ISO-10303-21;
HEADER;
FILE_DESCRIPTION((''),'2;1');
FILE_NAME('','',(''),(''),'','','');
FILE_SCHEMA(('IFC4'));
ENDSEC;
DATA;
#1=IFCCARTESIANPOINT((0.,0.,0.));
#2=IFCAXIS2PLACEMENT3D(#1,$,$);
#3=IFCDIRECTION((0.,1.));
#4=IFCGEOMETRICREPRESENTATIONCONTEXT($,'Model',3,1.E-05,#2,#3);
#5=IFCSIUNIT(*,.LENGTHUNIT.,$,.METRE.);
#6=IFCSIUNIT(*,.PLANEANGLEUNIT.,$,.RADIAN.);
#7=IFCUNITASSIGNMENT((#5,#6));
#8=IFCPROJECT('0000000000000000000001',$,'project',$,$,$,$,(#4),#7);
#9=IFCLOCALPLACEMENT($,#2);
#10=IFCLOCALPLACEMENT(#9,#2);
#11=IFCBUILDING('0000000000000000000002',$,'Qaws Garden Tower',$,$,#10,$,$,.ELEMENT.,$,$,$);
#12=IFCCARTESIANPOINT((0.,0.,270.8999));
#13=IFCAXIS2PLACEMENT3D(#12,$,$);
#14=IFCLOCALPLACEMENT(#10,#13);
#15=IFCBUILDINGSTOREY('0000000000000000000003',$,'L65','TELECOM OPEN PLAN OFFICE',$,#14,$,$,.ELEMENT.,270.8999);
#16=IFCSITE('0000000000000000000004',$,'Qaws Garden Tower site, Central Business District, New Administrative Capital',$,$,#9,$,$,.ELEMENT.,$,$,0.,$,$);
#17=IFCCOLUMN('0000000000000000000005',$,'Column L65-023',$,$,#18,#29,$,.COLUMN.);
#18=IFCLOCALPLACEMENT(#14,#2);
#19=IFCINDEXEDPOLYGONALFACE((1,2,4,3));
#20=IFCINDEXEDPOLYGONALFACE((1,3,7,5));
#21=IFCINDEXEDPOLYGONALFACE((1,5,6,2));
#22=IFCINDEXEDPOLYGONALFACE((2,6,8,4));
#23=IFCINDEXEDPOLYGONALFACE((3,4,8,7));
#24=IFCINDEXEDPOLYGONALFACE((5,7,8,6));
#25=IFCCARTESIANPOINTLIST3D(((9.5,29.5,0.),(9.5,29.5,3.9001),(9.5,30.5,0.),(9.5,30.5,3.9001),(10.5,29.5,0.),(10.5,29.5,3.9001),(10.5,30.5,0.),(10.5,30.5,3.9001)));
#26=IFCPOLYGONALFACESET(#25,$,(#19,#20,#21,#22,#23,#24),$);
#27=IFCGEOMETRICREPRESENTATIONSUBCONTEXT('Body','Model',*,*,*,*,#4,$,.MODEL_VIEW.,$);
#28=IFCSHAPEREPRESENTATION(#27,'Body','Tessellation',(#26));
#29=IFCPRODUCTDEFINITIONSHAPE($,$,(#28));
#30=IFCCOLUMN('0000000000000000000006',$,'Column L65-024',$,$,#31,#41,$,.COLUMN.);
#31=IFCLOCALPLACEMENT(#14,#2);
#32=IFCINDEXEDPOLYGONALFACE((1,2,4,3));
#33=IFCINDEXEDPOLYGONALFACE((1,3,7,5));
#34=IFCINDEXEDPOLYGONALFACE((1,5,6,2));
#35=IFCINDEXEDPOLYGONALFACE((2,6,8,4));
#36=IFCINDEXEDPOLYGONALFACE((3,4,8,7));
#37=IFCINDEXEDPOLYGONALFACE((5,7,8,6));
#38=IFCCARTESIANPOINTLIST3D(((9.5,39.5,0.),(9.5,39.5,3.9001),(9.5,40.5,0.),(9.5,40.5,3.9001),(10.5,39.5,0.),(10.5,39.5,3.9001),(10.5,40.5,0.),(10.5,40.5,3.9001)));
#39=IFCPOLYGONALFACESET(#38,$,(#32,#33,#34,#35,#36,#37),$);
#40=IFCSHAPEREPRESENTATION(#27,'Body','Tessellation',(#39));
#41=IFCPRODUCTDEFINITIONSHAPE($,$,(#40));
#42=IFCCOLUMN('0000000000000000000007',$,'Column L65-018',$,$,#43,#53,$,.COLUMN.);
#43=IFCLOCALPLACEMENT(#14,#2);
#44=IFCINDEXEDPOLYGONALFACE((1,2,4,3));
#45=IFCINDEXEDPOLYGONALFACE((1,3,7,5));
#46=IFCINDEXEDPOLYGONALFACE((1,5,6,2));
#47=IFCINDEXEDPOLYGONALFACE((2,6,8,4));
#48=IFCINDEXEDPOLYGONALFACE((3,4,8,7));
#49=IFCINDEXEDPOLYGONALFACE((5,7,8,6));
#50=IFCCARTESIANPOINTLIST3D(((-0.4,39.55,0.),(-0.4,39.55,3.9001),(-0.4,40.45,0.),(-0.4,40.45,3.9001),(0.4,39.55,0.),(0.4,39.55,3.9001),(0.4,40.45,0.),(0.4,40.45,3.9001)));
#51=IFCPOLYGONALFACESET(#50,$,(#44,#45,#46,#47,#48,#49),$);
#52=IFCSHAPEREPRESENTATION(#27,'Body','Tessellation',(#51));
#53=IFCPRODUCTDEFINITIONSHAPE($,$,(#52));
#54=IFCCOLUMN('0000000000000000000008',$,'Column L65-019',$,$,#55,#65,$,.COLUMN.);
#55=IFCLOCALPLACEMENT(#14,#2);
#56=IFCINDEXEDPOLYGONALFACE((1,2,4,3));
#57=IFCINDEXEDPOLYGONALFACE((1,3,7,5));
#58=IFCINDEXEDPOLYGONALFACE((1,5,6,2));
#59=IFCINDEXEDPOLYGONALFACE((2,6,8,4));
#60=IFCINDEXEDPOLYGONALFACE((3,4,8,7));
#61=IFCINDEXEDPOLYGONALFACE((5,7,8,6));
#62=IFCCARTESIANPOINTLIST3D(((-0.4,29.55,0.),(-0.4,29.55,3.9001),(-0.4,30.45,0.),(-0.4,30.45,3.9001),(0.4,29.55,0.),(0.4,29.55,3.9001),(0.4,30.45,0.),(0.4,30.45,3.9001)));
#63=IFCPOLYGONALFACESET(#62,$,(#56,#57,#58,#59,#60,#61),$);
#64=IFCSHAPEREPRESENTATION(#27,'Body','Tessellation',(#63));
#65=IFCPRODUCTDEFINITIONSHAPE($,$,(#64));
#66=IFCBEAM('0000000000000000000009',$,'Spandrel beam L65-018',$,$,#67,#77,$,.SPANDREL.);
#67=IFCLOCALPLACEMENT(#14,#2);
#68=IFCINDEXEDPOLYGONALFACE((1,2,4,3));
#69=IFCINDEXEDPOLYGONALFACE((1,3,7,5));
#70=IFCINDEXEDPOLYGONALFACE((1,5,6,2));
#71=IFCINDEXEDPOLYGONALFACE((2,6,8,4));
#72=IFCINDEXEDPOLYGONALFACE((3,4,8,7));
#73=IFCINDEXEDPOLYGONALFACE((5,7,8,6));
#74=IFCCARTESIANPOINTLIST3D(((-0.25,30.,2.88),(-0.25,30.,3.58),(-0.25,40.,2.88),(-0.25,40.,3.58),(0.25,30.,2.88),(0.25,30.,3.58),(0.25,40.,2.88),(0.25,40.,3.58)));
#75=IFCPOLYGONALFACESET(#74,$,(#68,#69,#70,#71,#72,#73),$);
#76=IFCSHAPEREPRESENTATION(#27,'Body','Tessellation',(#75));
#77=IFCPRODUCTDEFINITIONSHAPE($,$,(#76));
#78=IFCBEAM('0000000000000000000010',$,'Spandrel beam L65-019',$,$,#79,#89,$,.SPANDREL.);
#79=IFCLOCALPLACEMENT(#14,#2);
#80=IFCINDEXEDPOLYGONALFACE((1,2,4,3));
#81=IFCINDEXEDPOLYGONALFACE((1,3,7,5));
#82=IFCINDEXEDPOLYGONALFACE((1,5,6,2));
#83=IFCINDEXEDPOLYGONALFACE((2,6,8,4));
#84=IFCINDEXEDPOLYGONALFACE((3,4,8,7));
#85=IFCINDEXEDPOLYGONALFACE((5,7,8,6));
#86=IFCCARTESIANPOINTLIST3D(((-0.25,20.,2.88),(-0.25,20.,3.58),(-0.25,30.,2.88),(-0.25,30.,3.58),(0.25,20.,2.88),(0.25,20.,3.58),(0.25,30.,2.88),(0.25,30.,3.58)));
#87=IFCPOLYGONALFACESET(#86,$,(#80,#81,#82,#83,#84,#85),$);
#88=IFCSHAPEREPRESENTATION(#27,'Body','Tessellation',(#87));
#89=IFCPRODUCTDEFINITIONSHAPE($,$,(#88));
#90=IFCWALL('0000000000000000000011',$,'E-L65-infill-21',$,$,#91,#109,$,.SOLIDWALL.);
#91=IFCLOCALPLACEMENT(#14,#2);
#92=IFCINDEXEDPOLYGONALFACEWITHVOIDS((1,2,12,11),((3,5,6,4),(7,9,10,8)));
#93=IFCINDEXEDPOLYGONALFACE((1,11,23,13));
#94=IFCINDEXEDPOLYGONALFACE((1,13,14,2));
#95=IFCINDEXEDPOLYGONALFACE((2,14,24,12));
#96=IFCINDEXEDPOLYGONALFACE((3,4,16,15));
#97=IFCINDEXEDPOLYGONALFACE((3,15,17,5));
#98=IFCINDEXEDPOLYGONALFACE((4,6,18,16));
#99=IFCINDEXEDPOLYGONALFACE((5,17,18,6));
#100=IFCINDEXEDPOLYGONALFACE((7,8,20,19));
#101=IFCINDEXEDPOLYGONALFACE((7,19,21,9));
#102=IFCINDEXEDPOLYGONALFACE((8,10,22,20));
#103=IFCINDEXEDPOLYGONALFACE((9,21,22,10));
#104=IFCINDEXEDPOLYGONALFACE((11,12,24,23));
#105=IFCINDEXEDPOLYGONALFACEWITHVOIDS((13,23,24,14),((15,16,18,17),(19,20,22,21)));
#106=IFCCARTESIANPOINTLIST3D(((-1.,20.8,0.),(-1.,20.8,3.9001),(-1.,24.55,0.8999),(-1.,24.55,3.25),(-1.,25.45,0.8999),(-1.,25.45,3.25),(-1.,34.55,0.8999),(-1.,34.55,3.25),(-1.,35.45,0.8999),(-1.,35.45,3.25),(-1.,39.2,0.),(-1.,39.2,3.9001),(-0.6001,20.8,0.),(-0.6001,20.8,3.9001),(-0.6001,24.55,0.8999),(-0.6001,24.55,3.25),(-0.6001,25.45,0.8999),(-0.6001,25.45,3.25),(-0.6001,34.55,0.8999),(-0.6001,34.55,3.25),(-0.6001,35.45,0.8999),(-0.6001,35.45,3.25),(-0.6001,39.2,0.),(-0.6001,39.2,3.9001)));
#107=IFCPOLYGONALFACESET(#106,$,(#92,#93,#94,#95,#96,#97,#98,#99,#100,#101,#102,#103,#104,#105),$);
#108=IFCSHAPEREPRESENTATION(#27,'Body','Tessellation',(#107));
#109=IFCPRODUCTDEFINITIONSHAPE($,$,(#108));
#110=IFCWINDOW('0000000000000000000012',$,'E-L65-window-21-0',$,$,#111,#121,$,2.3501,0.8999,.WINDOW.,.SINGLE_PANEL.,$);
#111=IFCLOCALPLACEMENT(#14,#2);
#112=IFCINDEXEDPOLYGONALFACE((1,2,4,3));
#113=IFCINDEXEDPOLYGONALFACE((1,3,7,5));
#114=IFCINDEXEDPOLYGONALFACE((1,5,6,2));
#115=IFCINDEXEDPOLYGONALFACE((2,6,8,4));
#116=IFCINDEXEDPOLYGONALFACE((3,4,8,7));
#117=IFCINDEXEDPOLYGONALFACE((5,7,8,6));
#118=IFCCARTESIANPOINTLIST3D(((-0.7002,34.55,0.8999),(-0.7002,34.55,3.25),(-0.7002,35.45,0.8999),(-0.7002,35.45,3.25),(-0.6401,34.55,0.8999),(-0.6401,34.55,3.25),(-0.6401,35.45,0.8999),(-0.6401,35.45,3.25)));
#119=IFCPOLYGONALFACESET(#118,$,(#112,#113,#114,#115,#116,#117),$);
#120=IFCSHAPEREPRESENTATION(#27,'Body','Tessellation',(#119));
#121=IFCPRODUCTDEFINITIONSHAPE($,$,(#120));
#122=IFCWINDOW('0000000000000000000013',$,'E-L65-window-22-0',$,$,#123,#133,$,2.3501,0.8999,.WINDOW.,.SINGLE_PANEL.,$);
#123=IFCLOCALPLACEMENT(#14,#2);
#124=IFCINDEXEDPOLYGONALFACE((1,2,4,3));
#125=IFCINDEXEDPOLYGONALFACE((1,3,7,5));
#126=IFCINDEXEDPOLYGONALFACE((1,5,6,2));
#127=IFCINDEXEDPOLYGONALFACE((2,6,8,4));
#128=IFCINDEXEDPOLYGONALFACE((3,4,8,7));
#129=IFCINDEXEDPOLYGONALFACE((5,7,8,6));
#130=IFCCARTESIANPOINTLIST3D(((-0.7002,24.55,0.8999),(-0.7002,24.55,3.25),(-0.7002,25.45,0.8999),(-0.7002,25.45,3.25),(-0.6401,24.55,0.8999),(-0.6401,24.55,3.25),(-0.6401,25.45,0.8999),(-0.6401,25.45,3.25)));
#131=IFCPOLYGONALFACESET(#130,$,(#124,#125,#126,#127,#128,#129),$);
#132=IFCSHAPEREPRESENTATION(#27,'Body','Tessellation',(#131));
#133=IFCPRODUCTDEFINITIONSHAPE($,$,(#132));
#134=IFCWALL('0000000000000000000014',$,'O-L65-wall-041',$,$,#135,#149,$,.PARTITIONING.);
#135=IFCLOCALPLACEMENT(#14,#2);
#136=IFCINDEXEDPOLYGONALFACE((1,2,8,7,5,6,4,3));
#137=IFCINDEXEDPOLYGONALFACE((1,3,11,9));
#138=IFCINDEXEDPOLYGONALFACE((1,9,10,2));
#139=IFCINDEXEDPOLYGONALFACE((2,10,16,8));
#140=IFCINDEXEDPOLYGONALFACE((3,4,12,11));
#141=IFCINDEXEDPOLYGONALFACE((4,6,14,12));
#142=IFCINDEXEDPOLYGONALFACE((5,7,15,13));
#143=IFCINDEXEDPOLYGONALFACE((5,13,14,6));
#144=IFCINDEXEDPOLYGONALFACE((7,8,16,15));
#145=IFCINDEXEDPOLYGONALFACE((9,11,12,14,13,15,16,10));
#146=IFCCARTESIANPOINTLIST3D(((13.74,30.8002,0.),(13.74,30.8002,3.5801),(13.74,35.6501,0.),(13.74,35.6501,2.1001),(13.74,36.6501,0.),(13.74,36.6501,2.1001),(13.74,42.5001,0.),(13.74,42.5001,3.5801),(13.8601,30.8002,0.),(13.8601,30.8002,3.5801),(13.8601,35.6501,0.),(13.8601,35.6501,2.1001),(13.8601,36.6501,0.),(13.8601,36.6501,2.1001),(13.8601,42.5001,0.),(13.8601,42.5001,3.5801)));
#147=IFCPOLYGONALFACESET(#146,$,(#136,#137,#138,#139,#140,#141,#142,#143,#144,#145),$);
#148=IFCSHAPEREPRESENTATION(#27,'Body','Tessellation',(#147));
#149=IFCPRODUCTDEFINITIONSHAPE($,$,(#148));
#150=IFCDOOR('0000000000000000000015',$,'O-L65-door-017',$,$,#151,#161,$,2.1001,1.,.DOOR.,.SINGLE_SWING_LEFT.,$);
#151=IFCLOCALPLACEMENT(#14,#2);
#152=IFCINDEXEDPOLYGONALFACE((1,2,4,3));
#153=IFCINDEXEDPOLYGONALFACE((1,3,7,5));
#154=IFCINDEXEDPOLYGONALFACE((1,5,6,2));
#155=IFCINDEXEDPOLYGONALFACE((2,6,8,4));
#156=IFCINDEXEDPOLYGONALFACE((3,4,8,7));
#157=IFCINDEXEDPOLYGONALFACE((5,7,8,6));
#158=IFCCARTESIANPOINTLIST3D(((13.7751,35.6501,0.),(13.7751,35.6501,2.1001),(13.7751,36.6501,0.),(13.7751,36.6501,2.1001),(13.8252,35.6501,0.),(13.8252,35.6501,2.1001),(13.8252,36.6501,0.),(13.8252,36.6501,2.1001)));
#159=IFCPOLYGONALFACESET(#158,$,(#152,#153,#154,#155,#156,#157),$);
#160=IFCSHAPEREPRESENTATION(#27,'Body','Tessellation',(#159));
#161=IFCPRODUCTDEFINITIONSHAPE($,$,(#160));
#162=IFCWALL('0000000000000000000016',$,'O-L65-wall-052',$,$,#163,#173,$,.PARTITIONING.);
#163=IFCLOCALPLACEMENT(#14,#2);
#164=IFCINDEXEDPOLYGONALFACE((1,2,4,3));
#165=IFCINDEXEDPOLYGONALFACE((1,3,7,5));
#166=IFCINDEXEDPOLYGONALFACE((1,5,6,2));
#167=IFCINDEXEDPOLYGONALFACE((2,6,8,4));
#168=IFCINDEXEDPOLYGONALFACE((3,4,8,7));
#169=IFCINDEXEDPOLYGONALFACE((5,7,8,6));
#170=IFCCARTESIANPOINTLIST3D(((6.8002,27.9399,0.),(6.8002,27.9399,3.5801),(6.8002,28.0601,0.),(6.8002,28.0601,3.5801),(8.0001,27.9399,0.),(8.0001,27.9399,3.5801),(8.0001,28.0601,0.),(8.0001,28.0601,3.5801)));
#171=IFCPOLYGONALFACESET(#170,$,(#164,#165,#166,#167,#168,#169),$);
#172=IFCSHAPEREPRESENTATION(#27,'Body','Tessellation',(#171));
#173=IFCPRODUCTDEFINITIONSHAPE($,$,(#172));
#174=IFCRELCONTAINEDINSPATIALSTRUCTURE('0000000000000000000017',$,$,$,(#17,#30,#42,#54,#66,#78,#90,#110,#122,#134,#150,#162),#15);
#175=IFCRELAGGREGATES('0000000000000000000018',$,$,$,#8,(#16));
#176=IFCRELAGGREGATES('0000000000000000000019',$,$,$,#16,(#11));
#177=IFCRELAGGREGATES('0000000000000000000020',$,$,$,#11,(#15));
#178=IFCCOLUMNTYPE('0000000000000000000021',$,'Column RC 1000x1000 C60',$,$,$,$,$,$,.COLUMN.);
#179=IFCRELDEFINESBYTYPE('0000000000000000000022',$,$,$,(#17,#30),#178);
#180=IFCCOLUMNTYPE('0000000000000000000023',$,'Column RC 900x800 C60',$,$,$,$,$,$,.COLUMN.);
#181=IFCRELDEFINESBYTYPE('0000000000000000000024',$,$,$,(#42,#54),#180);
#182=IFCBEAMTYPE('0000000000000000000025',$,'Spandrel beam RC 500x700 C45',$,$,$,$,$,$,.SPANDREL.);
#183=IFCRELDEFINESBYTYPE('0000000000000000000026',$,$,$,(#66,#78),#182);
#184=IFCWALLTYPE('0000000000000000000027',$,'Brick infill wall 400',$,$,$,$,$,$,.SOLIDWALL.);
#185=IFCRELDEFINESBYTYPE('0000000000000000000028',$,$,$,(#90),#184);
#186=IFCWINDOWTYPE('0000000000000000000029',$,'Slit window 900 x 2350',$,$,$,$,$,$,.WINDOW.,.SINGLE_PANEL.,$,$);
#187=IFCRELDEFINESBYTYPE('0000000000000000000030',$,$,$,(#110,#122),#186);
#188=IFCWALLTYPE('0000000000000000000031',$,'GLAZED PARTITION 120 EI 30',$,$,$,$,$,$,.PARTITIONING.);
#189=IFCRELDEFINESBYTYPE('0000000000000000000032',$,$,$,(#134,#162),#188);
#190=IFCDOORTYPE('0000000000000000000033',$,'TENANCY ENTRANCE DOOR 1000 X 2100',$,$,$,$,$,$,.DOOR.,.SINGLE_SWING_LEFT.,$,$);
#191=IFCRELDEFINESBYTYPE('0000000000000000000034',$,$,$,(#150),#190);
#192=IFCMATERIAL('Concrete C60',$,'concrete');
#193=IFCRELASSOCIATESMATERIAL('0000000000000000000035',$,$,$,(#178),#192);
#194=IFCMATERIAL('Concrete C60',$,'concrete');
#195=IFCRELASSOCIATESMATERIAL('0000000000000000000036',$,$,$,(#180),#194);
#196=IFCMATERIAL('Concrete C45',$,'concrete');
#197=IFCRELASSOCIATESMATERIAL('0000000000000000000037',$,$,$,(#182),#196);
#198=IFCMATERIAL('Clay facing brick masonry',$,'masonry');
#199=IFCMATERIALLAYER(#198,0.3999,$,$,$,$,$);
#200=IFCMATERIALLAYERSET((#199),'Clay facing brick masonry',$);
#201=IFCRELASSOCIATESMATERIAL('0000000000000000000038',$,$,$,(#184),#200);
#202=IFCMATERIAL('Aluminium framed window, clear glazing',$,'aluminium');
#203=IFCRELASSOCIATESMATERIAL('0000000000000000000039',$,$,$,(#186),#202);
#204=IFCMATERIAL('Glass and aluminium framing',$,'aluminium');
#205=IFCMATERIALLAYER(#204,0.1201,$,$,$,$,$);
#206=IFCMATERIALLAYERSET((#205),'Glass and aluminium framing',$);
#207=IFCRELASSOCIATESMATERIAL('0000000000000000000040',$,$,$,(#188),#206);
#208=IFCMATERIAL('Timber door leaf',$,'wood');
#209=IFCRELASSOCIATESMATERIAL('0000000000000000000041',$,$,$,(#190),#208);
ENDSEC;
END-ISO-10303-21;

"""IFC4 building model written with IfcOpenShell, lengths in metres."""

from ifc_helpers import new_model, si_unit, direction, frame, frame_2d, origin, origin_2d, place, context, subcontext, project, spatial, rectangle, extrude, material, layer, layer_set, material_profile, profile_set, type_object, element, fill, save


model = new_model("IFC4")

# Units and contexts
model_context = context("Model", 3, precision=1e-05, world=origin(), true_north=direction((0.0, 1.0)))
body_context = subcontext(model_context, "Body", "Model", "MODEL_VIEW")
ifc_project = project(units=[si_unit("LENGTHUNIT", "METRE"), si_unit("PLANEANGLEUNIT", "RADIAN")], contexts=[model_context])

# Site, building, storey
site_placement = place(None, origin())
site = spatial("IfcSite", under=ifc_project, at=site_placement, Name="Qaws Garden Tower site, Central Business District, New Administrative Capital", CompositionType="ELEMENT", RefElevation=0.0)
building_placement = place(site_placement, origin())
building = spatial("IfcBuilding", under=site, at=building_placement, Name="Qaws Garden Tower", CompositionType="ELEMENT")
storey_placement = place(building_placement, frame((0.0, 0.0, 270.8999)))
storey = spatial("IfcBuildingStorey", under=building, at=storey_placement, Name="L65", Description="TELECOM OPEN PLAN OFFICE", CompositionType="ELEMENT", Elevation=270.8999)

# Columns
ifc_material_1 = material(Name="Concrete C60", Category="concrete")
ifc_material_profile_1 = material_profile(ifc_material_1, rectangle(XDim=1.0, YDim=1.0, at=origin_2d()), Name="RC 1000x1000")
ifc_profile_set_1 = profile_set([ifc_material_profile_1], Name="Concrete C60")
column_type_1 = type_object("IfcColumnType", Name="Column RC 1000x1000 C60", PredefinedType="COLUMN", material=ifc_profile_set_1)
for number, where, z_axis, x_axis, name in (
    (1, (10.0, 30.0, 0.0), (0.0, 0.0, 1.0), (1.0, 0.0, 0.0), "Column L65-023"),
    (2, (10.0, 40.0, 0.0), (0.0, 0.0, 1.0), (1.0, 0.0, 0.0), "Column L65-024"),
):
    element("IfcColumn", number, at=place(storey_placement, frame(where, z_axis=z_axis, x_axis=x_axis)), inside=storey, type_object=column_type_1, Name=name, PredefinedType="COLUMN", context=body_context, shape_type="SweptSolid", body=[
        extrude(rectangle(XDim=1.0, YDim=1.0, at=origin_2d()), origin(), (0.0, 0.0, 1.0), 3.9001),
    ])
ifc_material_2 = material(Name="Concrete C60", Category="concrete")
ifc_material_profile_2 = material_profile(ifc_material_2, rectangle(XDim=0.8999, YDim=0.8, at=origin_2d()), Name="RC 900x800")
ifc_profile_set_2 = profile_set([ifc_material_profile_2], Name="Concrete C60")
column_type_2 = type_object("IfcColumnType", Name="Column RC 900x800 C60", PredefinedType="COLUMN", material=ifc_profile_set_2)
for number, where, z_axis, x_axis, name in (
    (3, (0.0, 40.0, 0.0), (0.0, 0.0, 1.0), (0.0, 1.0, 0.0), "Column L65-018"),
    (4, (0.0, 30.0, 0.0), (0.0, 0.0, 1.0), (0.0, 1.0, 0.0), "Column L65-019"),
):
    element("IfcColumn", number, at=place(storey_placement, frame(where, z_axis=z_axis, x_axis=x_axis)), inside=storey, type_object=column_type_2, Name=name, PredefinedType="COLUMN", context=body_context, shape_type="SweptSolid", body=[
        extrude(rectangle(XDim=0.8999, YDim=0.8, at=origin_2d()), origin(), (0.0, 0.0, 1.0), 3.9001),
    ])

# Beams
ifc_material_3 = material(Name="Concrete C45", Category="concrete")
ifc_material_profile_3 = material_profile(ifc_material_3, rectangle(XDim=0.5, YDim=0.7, at=origin_2d()), Name="RC 500x700")
ifc_profile_set_3 = profile_set([ifc_material_profile_3], Name="Concrete C45")
beam_type = type_object("IfcBeamType", Name="Spandrel beam RC 500x700 C45", PredefinedType="SPANDREL", material=ifc_profile_set_3)
for number, where, z_axis, x_axis, name in (
    (5, (0.0, 40.0, 3.23), (0.0, -1.0, 0.0), (1.0, 0.0, 0.0), "Spandrel beam L65-018"),
    (6, (0.0, 30.0, 3.23), (0.0, -1.0, 0.0), (1.0, 0.0, 0.0), "Spandrel beam L65-019"),
):
    element("IfcBeam", number, at=place(storey_placement, frame(where, z_axis=z_axis, x_axis=x_axis)), inside=storey, type_object=beam_type, Name=name, PredefinedType="SPANDREL", context=body_context, shape_type="SweptSolid", body=[
        extrude(rectangle(XDim=0.5, YDim=0.7, at=origin_2d()), origin(), (0.0, 0.0, 1.0), 10.0),
    ])

# Wall, openings, windows
ifc_material_4 = material(Name="Clay facing brick masonry", Category="masonry")
ifc_layer_1 = layer(ifc_material_4, 0.3999)
ifc_layer_set_1 = layer_set([ifc_layer_1], Name="Clay facing brick masonry")
wall_type_1 = type_object("IfcWallType", Name="Brick infill wall 400", PredefinedType="SOLIDWALL", material=ifc_layer_set_1)
wall_1_placement = place(storey_placement, frame((-0.8, 39.2, 0.0), z_axis=(0.0, 0.0, 1.0), x_axis=(0.0, -1.0, 0.0)))
wall_1 = element("IfcWall", 7, at=wall_1_placement, inside=storey, type_object=wall_type_1, Name="E-L65-infill-21", PredefinedType="SOLIDWALL", context=body_context, shape_type="SweptSolid", body=[
    extrude(rectangle(XDim=18.3999, YDim=0.3999, at=frame_2d((9.2, 0.0))), origin(), (0.0, 0.0, 1.0), 3.9001),
])
opening_1_placement = place(wall_1_placement, frame((3.75, 0.0, 0.8999)))
opening_1 = element("IfcOpeningElement", 8, at=opening_1_placement, cuts=wall_1, PredefinedType="OPENING", context=body_context, shape_type="SweptSolid", body=[
    extrude(rectangle(XDim=0.8999, YDim=2.3501, at=frame_2d((0.45, 1.175))), frame((0.0, 0.21, 0.0), z_axis=(0.0, -1.0, 0.0), x_axis=(1.0, 0.0, 0.0)), (0.0, 0.0, 1.0), 0.4199),
])
opening_2_placement = place(wall_1_placement, frame((13.75, 0.0, 0.8999)))
opening_2 = element("IfcOpeningElement", 9, at=opening_2_placement, cuts=wall_1, PredefinedType="OPENING", context=body_context, shape_type="SweptSolid", body=[
    extrude(rectangle(XDim=0.8999, YDim=2.3501, at=frame_2d((0.45, 1.175))), frame((0.0, 0.21, 0.0), z_axis=(0.0, -1.0, 0.0), x_axis=(1.0, 0.0, 0.0)), (0.0, 0.0, 1.0), 0.4199),
])
ifc_material_5 = material(Name="Aluminium framed window, clear glazing", Category="aluminium")
window_type = type_object("IfcWindowType", Name="Slit window 900 x 2350", PartitioningType="SINGLE_PANEL", PredefinedType="WINDOW", material=ifc_material_5)
window_1_placement = place(opening_1_placement, origin())
window_1 = element("IfcWindow", 10, at=window_1_placement, inside=storey, type_object=window_type, Name="E-L65-window-21-0", OverallHeight=2.3501, OverallWidth=0.8999, PartitioningType="SINGLE_PANEL", PredefinedType="WINDOW", context=body_context, shape_type="SweptSolid", body=[
    extrude(rectangle(XDim=0.8999, YDim=2.3501, at=frame_2d((0.45, 1.175))), frame((0.0, 0.1599, 0.0), z_axis=(0.0, -1.0, 0.0), x_axis=(1.0, 0.0, 0.0)), (0.0, 0.0, 1.0), 0.0601),
])
fill(opening_1, window_1)
window_2_placement = place(opening_2_placement, origin())
window_2 = element("IfcWindow", 11, at=window_2_placement, inside=storey, type_object=window_type, Name="E-L65-window-22-0", OverallHeight=2.3501, OverallWidth=0.8999, PartitioningType="SINGLE_PANEL", PredefinedType="WINDOW", context=body_context, shape_type="SweptSolid", body=[
    extrude(rectangle(XDim=0.8999, YDim=2.3501, at=frame_2d((0.45, 1.175))), frame((0.0, 0.1599, 0.0), z_axis=(0.0, -1.0, 0.0), x_axis=(1.0, 0.0, 0.0)), (0.0, 0.0, 1.0), 0.0601),
])
fill(opening_2, window_2)

# Wall, opening, door
ifc_material_6 = material(Name="Glass and aluminium framing", Category="aluminium")
ifc_layer_2 = layer(ifc_material_6, 0.1201)
ifc_layer_set_2 = layer_set([ifc_layer_2], Name="Glass and aluminium framing")
wall_type_2 = type_object("IfcWallType", Name="GLAZED PARTITION 120 EI 30", PredefinedType="PARTITIONING", material=ifc_layer_set_2)
wall_2_placement = place(storey_placement, frame((13.8, 30.8, 0.0), z_axis=(0.0, 0.0, 1.0), x_axis=(0.0, 1.0, 0.0)))
wall_2 = element("IfcWall", 12, at=wall_2_placement, inside=storey, type_object=wall_type_2, Name="O-L65-wall-041", PredefinedType="PARTITIONING", context=body_context, shape_type="SweptSolid", body=[
    extrude(rectangle(XDim=11.7, YDim=0.1201, at=frame_2d((5.8501, 0.0))), origin(), (0.0, 0.0, 1.0), 3.5801),
])
opening_3_placement = place(wall_2_placement, frame((4.8501, 0.0, 0.0)))
opening_3 = element("IfcOpeningElement", 13, at=opening_3_placement, cuts=wall_2, PredefinedType="OPENING", context=body_context, shape_type="SweptSolid", body=[
    extrude(rectangle(XDim=1.0, YDim=2.1001, at=frame_2d((0.5, 1.05))), frame((0.0, 0.0701, 0.0), z_axis=(0.0, -1.0, 0.0), x_axis=(1.0, 0.0, 0.0)), (0.0, 0.0, 1.0), 0.1401),
])
ifc_material_7 = material(Name="Timber door leaf", Category="wood")
door_type = type_object("IfcDoorType", Name="TENANCY ENTRANCE DOOR 1000 X 2100", OperationType="SINGLE_SWING_LEFT", PredefinedType="DOOR", material=ifc_material_7)
door_1_placement = place(opening_3_placement, origin())
door_1 = element("IfcDoor", 14, at=door_1_placement, inside=storey, type_object=door_type, Name="O-L65-door-017", OperationType="SINGLE_SWING_LEFT", OverallHeight=2.1001, OverallWidth=1.0, PredefinedType="DOOR", context=body_context, shape_type="SweptSolid", body=[
    extrude(rectangle(XDim=1.0, YDim=2.1001, at=frame_2d((0.5, 1.05))), frame((0.0, 0.0249, 0.0), z_axis=(0.0, -1.0, 0.0), x_axis=(1.0, 0.0, 0.0)), (0.0, 0.0, 1.0), 0.05),
])
fill(opening_3, door_1)

# Wall
wall_3_placement = place(storey_placement, frame((6.8, 28.0, 0.0), z_axis=(0.0, 0.0, 1.0), x_axis=(1.0, 0.0, 0.0)))
element("IfcWall", 15, at=wall_3_placement, inside=storey, type_object=wall_type_2, Name="O-L65-wall-052", PredefinedType="PARTITIONING", context=body_context, shape_type="SweptSolid", body=[
    extrude(rectangle(XDim=1.2, YDim=0.1201, at=frame_2d((0.6001, 0.0))), origin(), (0.0, 0.0, 1.0), 3.5801),
])

save(model, "model.ifc")
